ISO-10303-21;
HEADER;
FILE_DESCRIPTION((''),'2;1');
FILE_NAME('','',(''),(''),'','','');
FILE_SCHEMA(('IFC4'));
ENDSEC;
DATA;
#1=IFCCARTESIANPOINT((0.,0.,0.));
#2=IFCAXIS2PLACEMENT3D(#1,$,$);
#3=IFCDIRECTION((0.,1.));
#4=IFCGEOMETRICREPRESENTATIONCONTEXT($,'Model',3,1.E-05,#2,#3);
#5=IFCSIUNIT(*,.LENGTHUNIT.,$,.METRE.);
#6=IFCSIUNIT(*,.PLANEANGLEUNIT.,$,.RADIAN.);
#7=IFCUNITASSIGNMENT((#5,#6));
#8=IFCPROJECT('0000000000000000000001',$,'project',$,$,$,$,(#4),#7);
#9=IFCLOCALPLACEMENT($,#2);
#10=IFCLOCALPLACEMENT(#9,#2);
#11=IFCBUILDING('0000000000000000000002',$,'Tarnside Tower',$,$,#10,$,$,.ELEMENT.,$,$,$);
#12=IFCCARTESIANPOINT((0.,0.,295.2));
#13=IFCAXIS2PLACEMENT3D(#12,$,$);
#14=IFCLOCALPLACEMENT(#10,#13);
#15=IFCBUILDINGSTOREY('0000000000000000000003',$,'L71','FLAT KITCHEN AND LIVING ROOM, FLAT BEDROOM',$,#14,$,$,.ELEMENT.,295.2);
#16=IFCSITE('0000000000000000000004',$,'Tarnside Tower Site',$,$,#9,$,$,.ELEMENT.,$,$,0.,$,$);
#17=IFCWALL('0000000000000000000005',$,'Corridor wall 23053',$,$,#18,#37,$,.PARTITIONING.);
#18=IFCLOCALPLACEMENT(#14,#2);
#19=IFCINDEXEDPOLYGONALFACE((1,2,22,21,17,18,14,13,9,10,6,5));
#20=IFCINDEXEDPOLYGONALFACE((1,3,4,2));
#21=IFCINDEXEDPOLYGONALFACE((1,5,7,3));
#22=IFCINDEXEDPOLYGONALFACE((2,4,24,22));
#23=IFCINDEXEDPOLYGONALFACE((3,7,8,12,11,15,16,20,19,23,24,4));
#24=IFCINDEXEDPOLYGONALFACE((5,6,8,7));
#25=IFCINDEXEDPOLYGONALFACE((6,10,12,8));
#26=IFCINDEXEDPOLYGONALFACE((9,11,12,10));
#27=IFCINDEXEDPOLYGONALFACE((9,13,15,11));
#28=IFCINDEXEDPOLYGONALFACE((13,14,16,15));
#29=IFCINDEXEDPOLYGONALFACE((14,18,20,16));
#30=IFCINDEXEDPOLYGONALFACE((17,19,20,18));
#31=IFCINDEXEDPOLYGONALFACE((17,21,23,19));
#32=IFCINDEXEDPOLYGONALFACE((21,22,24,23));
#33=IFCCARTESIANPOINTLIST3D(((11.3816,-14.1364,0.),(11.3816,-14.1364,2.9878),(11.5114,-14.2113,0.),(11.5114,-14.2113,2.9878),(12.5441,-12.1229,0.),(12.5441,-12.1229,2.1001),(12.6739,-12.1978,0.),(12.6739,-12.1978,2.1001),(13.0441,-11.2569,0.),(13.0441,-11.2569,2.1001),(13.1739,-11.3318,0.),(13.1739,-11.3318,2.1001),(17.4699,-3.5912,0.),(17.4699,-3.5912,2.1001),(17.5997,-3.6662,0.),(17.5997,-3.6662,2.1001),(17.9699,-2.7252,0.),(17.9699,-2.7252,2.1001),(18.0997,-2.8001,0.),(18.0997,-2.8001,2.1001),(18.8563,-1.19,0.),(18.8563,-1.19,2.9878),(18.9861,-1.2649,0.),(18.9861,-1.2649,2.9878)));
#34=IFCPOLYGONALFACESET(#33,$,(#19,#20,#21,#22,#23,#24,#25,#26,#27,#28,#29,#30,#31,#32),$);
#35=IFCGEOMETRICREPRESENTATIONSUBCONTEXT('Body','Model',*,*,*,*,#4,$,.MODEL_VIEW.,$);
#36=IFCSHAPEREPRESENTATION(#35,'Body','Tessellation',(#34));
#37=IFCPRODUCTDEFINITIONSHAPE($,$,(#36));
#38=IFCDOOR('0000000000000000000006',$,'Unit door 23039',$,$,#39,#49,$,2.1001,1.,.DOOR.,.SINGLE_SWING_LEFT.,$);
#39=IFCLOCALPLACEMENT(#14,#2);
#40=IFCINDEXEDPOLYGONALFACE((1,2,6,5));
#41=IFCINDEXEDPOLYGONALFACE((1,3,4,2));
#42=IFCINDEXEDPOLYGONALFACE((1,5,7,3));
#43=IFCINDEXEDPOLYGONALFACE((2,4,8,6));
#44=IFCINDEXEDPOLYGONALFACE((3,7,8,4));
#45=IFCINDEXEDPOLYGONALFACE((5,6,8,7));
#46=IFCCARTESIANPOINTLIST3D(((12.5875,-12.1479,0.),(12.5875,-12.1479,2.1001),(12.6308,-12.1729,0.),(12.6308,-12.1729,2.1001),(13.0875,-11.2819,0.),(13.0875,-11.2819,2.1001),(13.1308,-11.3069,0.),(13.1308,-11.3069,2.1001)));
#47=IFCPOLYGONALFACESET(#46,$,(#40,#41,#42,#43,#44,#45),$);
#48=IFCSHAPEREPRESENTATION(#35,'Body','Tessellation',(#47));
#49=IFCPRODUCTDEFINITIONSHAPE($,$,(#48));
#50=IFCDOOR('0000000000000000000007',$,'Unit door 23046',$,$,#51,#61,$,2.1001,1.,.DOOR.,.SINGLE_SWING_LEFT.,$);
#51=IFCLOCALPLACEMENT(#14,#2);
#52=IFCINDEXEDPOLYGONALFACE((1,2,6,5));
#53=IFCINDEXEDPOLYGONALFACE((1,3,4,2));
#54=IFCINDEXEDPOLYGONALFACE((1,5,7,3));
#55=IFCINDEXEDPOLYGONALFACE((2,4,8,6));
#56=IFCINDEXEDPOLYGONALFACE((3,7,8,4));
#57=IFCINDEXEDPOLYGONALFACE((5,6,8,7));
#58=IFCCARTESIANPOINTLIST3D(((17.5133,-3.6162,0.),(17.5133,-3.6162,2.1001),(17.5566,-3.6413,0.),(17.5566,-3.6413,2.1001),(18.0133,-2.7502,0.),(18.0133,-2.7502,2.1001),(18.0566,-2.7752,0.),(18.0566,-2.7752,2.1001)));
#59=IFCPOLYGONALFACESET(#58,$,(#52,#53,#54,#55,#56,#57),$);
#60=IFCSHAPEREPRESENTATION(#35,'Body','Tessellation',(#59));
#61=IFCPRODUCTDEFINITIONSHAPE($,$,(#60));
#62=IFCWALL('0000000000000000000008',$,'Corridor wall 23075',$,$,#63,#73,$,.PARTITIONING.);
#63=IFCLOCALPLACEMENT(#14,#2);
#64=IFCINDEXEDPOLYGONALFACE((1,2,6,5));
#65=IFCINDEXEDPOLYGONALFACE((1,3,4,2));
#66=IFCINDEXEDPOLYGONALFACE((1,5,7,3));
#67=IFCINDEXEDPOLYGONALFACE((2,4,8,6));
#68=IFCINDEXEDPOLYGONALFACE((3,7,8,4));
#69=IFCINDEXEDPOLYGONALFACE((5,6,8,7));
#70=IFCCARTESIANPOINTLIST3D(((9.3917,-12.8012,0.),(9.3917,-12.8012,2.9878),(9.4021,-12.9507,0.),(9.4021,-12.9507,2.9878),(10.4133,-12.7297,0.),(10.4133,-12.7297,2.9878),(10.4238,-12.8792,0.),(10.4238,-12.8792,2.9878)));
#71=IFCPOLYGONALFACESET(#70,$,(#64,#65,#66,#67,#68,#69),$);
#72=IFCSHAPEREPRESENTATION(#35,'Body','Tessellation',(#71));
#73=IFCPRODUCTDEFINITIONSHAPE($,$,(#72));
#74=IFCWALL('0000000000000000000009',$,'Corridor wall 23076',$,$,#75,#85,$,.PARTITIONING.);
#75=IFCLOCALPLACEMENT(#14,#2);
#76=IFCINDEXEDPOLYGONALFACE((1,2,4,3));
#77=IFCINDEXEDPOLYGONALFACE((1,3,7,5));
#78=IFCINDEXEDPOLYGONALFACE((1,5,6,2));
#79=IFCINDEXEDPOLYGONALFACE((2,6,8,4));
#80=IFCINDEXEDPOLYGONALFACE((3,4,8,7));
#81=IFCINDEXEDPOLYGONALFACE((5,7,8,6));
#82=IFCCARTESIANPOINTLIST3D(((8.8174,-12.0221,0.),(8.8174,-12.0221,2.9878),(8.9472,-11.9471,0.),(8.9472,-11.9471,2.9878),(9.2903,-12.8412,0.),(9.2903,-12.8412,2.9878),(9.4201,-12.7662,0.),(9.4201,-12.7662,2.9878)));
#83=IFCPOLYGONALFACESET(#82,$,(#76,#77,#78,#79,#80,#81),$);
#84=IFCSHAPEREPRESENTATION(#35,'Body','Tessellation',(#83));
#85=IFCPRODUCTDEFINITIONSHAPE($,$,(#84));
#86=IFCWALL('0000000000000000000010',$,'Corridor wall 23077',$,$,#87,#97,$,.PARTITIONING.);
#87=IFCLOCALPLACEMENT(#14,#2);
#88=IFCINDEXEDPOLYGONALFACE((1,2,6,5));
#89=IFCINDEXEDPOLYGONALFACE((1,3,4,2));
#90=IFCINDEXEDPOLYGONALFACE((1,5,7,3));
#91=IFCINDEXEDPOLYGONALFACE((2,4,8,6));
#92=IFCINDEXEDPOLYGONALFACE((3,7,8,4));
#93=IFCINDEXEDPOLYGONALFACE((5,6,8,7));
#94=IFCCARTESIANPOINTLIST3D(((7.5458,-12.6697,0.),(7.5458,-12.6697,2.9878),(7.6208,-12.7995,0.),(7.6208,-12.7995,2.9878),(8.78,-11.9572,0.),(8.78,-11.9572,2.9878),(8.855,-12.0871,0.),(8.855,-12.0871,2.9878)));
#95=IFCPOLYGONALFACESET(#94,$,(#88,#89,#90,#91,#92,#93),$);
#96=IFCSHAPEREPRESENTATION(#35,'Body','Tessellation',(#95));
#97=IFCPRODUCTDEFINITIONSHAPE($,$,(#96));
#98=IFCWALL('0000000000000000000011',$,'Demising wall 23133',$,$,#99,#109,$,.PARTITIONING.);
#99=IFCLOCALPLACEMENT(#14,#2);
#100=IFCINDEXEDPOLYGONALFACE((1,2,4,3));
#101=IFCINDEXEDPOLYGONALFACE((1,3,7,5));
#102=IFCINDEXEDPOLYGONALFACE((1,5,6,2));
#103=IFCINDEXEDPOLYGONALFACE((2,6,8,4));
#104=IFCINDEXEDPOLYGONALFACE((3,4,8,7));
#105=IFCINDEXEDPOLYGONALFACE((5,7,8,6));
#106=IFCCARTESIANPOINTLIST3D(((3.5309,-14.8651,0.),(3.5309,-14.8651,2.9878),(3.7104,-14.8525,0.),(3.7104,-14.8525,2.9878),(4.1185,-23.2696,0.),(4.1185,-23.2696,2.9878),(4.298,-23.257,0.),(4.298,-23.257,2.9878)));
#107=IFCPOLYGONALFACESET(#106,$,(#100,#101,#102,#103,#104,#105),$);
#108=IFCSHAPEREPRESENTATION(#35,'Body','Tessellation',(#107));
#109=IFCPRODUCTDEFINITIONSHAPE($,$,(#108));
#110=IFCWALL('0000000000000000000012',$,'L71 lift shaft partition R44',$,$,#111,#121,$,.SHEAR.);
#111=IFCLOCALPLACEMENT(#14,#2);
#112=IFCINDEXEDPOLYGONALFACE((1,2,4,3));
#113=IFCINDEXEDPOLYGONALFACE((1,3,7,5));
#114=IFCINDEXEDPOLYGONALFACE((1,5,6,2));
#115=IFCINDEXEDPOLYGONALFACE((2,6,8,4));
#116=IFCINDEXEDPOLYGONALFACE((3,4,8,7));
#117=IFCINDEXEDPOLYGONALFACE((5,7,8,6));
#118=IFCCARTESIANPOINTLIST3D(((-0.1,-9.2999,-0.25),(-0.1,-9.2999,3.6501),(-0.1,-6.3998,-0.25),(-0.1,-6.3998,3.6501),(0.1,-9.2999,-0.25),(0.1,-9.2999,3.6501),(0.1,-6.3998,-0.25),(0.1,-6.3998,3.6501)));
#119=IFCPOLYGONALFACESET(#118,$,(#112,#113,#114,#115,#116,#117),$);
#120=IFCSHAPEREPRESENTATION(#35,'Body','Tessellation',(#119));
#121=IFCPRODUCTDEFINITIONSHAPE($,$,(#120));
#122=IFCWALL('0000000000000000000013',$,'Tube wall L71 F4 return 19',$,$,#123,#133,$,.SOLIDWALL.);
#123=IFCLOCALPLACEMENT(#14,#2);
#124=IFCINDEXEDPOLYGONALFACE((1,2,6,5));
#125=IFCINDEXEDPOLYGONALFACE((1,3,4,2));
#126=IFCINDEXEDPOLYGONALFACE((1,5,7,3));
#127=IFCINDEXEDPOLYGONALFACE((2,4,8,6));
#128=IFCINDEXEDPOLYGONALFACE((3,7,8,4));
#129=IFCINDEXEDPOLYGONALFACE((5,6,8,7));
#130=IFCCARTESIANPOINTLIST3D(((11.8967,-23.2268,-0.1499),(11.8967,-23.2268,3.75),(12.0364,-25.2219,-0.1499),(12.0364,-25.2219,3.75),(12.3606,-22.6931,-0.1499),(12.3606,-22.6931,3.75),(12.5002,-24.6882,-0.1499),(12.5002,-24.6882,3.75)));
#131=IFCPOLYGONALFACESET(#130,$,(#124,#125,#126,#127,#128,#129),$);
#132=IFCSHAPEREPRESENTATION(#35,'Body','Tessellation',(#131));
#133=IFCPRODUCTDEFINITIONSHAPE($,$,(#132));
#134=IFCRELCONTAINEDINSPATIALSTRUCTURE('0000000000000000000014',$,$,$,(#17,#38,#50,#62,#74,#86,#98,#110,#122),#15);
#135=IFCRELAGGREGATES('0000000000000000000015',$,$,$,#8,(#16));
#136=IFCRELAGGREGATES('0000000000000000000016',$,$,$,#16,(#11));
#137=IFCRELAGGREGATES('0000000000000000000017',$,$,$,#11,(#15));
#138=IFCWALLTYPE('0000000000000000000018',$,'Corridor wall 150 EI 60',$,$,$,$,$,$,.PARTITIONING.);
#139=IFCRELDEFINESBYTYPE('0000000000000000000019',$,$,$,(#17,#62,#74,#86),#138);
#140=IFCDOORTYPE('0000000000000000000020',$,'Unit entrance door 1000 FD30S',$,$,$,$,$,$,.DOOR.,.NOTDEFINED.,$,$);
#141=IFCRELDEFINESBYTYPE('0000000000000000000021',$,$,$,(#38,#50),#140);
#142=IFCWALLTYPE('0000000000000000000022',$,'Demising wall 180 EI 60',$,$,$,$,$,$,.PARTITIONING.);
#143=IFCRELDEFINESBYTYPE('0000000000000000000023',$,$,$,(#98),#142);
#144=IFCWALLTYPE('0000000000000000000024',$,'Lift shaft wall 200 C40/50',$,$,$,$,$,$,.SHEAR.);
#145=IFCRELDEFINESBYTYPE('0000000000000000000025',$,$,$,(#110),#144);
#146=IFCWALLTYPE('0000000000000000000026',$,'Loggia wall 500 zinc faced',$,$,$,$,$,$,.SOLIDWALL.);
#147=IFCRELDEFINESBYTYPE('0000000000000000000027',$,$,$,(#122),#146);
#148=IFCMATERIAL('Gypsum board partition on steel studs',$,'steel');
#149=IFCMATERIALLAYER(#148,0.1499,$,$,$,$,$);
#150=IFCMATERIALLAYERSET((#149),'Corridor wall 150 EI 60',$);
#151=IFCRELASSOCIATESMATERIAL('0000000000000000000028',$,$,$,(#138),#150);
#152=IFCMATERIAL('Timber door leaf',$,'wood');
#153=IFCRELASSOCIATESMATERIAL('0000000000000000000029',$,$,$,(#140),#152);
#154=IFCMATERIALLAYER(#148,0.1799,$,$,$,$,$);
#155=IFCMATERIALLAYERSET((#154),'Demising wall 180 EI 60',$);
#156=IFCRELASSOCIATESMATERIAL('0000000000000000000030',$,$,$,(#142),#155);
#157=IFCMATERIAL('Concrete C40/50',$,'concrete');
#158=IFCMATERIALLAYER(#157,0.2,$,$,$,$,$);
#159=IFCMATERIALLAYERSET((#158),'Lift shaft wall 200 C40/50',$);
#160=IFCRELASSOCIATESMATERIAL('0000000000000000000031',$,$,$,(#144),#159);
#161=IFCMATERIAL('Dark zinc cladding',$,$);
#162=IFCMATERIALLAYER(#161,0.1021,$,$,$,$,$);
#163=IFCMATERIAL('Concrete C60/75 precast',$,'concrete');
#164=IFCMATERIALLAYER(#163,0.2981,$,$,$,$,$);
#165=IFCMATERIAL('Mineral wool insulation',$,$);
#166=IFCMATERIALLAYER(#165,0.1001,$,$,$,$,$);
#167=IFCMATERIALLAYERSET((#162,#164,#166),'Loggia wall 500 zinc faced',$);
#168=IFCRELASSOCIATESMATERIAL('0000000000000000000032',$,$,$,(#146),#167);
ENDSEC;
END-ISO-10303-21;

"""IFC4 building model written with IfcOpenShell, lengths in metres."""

from ifc_helpers import new_model, si_unit, direction, frame, frame_2d, origin, place, context, subcontext, project, spatial, polyline, rectangle, outline, extrude, material, layer, layer_set, type_object, element, fill, save


model = new_model("IFC4")

# Units and contexts
model_context = context("Model", 3, precision=1e-05, world=origin(), true_north=direction((0.0, 1.0)))
body_context = subcontext(model_context, "Body", "Model", "MODEL_VIEW")
ifc_project = project(units=[si_unit("LENGTHUNIT", "METRE"), si_unit("PLANEANGLEUNIT", "RADIAN")], contexts=[model_context])

# Site, building, storey
site_placement = place(None, origin())
site = spatial("IfcSite", under=ifc_project, at=site_placement, Name="Tarnside Tower Site", CompositionType="ELEMENT", RefElevation=0.0)
building_placement = place(site_placement, origin())
building = spatial("IfcBuilding", under=site, at=building_placement, Name="Tarnside Tower", CompositionType="ELEMENT")
storey_placement = place(building_placement, frame((0.0, 0.0, 295.2)))
storey = spatial("IfcBuildingStorey", under=building, at=storey_placement, Name="L71", Description="FLAT KITCHEN AND LIVING ROOM, FLAT BEDROOM", CompositionType="ELEMENT", Elevation=295.2)

# Shared definitions
ifc_material_1 = material(Name="Gypsum board partition on steel studs", Category="steel")
ifc_layer_1 = layer(ifc_material_1, 0.1499)
ifc_layer_set_1 = layer_set([ifc_layer_1], Name="Corridor wall 150 EI 60")
wall_type_1 = type_object("IfcWallType", Name="Corridor wall 150 EI 60", PredefinedType="PARTITIONING", material=ifc_layer_set_1)
ifc_material_2 = material(Name="Timber door leaf", Category="wood")
door_type_1 = type_object("IfcDoorType", Name="Unit entrance door 1000 FD30S", OperationType="NOTDEFINED", PredefinedType="DOOR", material=ifc_material_2)

# Wall, openings, doors
wall_1_placement = place(storey_placement, frame((11.4465, -14.1738, 0.0), z_axis=(0.0, 0.0, 1.0), x_axis=(0.500003, 0.866023, 0.0)))
wall_1 = element("IfcWall", 1, at=wall_1_placement, inside=storey, type_object=wall_type_1, Name="Corridor wall 23053", PredefinedType="PARTITIONING", context=body_context, shape_type="SweptSolid", body=[
    extrude(rectangle(XDim=14.9492, YDim=0.1499, at=frame_2d((7.4746, 0.0))), origin(), (0.0, 0.0, 1.0), 2.9878),
])
opening_1_placement = place(wall_1_placement, frame((2.325, 0.0, 0.0)))
opening_1 = element("IfcOpeningElement", 2, at=opening_1_placement, cuts=wall_1, PredefinedType="OPENING", context=body_context, shape_type="SweptSolid", body=[
    extrude(rectangle(XDim=1.0, YDim=2.1001, at=frame_2d((0.5, 1.05))), frame((0.0, 0.085, 0.0), z_axis=(0.0, -1.0, 0.0), x_axis=(1.0, 0.0, 0.0)), (0.0, 0.0, 1.0), 0.1699),
])
opening_2_placement = place(wall_1_placement, frame((12.1765, 0.0, 0.0)))
opening_2 = element("IfcOpeningElement", 3, at=opening_2_placement, cuts=wall_1, PredefinedType="OPENING", context=body_context, shape_type="SweptSolid", body=[
    extrude(rectangle(XDim=1.0, YDim=2.1001, at=frame_2d((0.5, 1.05))), frame((0.0, 0.085, 0.0), z_axis=(0.0, -1.0, 0.0), x_axis=(1.0, 0.0, 0.0)), (0.0, 0.0, 1.0), 0.1699),
])
door_1_placement = place(opening_1_placement, origin())
door_1 = element("IfcDoor", 4, at=door_1_placement, inside=storey, type_object=door_type_1, Name="Unit door 23039", OperationType="SINGLE_SWING_LEFT", OverallHeight=2.1001, OverallWidth=1.0, PredefinedType="DOOR", context=body_context, shape_type="SweptSolid", body=[
    extrude(rectangle(XDim=1.0, YDim=2.1001, at=frame_2d((0.5, 1.05))), frame((0.0, 0.0249, 0.0), z_axis=(0.0, -1.0, 0.0), x_axis=(1.0, 0.0, 0.0)), (0.0, 0.0, 1.0), 0.05),
])
fill(opening_1, door_1)
door_2_placement = place(opening_2_placement, origin())
door_2 = element("IfcDoor", 5, at=door_2_placement, inside=storey, type_object=door_type_1, Name="Unit door 23046", OperationType="SINGLE_SWING_LEFT", OverallHeight=2.1001, OverallWidth=1.0, PredefinedType="DOOR", context=body_context, shape_type="SweptSolid", body=[
    extrude(rectangle(XDim=1.0, YDim=2.1001, at=frame_2d((0.5, 1.05))), frame((0.0, 0.0249, 0.0), z_axis=(0.0, -1.0, 0.0), x_axis=(1.0, 0.0, 0.0)), (0.0, 0.0, 1.0), 0.05),
])
fill(opening_2, door_2)

# Walls
wall_2_placement = place(storey_placement, frame((10.4187, -12.8044, 0.0), z_axis=(0.0, 0.0, 1.0), x_axis=(-0.997558, -0.069841, 0.0)))
element("IfcWall", 6, at=wall_2_placement, inside=storey, type_object=wall_type_1, Name="Corridor wall 23075", PredefinedType="PARTITIONING", context=body_context, shape_type="SweptSolid", body=[
    extrude(rectangle(XDim=1.0242, YDim=0.1499, at=frame_2d((0.5122, 0.0))), origin(), (0.0, 0.0, 1.0), 2.9878),
])
wall_3_placement = place(storey_placement, frame((9.3552, -12.8037, 0.0), z_axis=(0.0, 0.0, 1.0), x_axis=(-0.499998, 0.866027, 0.0)))
element("IfcWall", 7, at=wall_3_placement, inside=storey, type_object=wall_type_1, Name="Corridor wall 23076", PredefinedType="PARTITIONING", context=body_context, shape_type="SweptSolid", body=[
    extrude(rectangle(XDim=0.9458, YDim=0.1499, at=frame_2d((0.4729, 0.0))), origin(), (0.0, 0.0, 1.0), 2.9878),
])
wall_4_placement = place(storey_placement, frame((8.8174, -12.0222, 0.0), z_axis=(0.0, 0.0, 1.0), x_axis=(-0.866063, -0.499935, 0.0)))
element("IfcWall", 8, at=wall_4_placement, inside=storey, type_object=wall_type_1, Name="Corridor wall 23077", PredefinedType="PARTITIONING", context=body_context, shape_type="SweptSolid", body=[
    extrude(rectangle(XDim=1.425, YDim=0.1499, at=frame_2d((0.7124, 0.0))), origin(), (0.0, 0.0, 1.0), 2.9878),
])
ifc_layer_2 = layer(ifc_material_1, 0.1799)
ifc_layer_set_2 = layer_set([ifc_layer_2], Name="Demising wall 180 EI 60")
wall_type_2 = type_object("IfcWallType", Name="Demising wall 180 EI 60", PredefinedType="PARTITIONING", material=ifc_layer_set_2)
wall_5_placement = place(storey_placement, frame((4.2083, -23.2632, 0.0), z_axis=(0.0, 0.0, 1.0), x_axis=(-0.06975, 0.997565, 0.0)))
element("IfcWall", 9, at=wall_5_placement, inside=storey, type_object=wall_type_2, Name="Demising wall 23133", PredefinedType="PARTITIONING", context=body_context, shape_type="SweptSolid", body=[
    extrude(rectangle(XDim=8.425, YDim=0.1799, at=frame_2d((4.2124, 0.0))), origin(), (0.0, 0.0, 1.0), 2.9878),
])
ifc_material_3 = material(Name="Concrete C40/50", Category="concrete")
ifc_layer_3 = layer(ifc_material_3, 0.2)
ifc_layer_set_3 = layer_set([ifc_layer_3], Name="Lift shaft wall 200 C40/50")
wall_type_3 = type_object("IfcWallType", Name="Lift shaft wall 200 C40/50", PredefinedType="SHEAR", material=ifc_layer_set_3)
wall_6_placement = place(storey_placement, frame((0.0, -9.3, -0.25), z_axis=(0.0, 0.0, 1.0), x_axis=(0.0, 1.0, 0.0)))
element("IfcWall", 10, at=wall_6_placement, inside=storey, type_object=wall_type_3, Name="L71 lift shaft partition R44", PredefinedType="SHEAR", context=body_context, shape_type="SweptSolid", body=[
    extrude(rectangle(XDim=2.9001, YDim=0.2, at=frame_2d((1.4502, 0.0))), origin(), (0.0, 0.0, 1.0), 3.9001),
])
ifc_material_4 = material(Name="Dark zinc cladding")
ifc_layer_4 = layer(ifc_material_4, 0.1021)
ifc_material_5 = material(Name="Concrete C60/75 precast", Category="concrete")
ifc_layer_5 = layer(ifc_material_5, 0.2981)
ifc_material_6 = material(Name="Mineral wool insulation")
ifc_layer_6 = layer(ifc_material_6, 0.1001)
ifc_layer_set_4 = layer_set([ifc_layer_4, ifc_layer_5, ifc_layer_6], Name="Loggia wall 500 zinc faced")
wall_type_4 = type_object("IfcWallType", Name="Loggia wall 500 zinc faced", PredefinedType="SOLIDWALL", material=ifc_layer_set_4)
wall_7_placement = place(storey_placement, frame((12.1287, -22.96, -0.1499), z_axis=(0.0, 0.0, 1.0), x_axis=(0.069824, -0.997559, 0.0)))
element("IfcWall", 11, at=wall_7_placement, inside=storey, type_object=wall_type_4, Name="Tube wall L71 F4 return 19", PredefinedType="SOLIDWALL", context=body_context, shape_type="SweptSolid", body=[
    extrude(outline(polyline([(0.25, -0.25), (2.25, -0.25), (1.75, 0.25), (-0.25, 0.25), (0.25, -0.25)])), origin(), (0.0, 0.0, 1.0), 3.8999),
])

save(model, "model.ifc")
